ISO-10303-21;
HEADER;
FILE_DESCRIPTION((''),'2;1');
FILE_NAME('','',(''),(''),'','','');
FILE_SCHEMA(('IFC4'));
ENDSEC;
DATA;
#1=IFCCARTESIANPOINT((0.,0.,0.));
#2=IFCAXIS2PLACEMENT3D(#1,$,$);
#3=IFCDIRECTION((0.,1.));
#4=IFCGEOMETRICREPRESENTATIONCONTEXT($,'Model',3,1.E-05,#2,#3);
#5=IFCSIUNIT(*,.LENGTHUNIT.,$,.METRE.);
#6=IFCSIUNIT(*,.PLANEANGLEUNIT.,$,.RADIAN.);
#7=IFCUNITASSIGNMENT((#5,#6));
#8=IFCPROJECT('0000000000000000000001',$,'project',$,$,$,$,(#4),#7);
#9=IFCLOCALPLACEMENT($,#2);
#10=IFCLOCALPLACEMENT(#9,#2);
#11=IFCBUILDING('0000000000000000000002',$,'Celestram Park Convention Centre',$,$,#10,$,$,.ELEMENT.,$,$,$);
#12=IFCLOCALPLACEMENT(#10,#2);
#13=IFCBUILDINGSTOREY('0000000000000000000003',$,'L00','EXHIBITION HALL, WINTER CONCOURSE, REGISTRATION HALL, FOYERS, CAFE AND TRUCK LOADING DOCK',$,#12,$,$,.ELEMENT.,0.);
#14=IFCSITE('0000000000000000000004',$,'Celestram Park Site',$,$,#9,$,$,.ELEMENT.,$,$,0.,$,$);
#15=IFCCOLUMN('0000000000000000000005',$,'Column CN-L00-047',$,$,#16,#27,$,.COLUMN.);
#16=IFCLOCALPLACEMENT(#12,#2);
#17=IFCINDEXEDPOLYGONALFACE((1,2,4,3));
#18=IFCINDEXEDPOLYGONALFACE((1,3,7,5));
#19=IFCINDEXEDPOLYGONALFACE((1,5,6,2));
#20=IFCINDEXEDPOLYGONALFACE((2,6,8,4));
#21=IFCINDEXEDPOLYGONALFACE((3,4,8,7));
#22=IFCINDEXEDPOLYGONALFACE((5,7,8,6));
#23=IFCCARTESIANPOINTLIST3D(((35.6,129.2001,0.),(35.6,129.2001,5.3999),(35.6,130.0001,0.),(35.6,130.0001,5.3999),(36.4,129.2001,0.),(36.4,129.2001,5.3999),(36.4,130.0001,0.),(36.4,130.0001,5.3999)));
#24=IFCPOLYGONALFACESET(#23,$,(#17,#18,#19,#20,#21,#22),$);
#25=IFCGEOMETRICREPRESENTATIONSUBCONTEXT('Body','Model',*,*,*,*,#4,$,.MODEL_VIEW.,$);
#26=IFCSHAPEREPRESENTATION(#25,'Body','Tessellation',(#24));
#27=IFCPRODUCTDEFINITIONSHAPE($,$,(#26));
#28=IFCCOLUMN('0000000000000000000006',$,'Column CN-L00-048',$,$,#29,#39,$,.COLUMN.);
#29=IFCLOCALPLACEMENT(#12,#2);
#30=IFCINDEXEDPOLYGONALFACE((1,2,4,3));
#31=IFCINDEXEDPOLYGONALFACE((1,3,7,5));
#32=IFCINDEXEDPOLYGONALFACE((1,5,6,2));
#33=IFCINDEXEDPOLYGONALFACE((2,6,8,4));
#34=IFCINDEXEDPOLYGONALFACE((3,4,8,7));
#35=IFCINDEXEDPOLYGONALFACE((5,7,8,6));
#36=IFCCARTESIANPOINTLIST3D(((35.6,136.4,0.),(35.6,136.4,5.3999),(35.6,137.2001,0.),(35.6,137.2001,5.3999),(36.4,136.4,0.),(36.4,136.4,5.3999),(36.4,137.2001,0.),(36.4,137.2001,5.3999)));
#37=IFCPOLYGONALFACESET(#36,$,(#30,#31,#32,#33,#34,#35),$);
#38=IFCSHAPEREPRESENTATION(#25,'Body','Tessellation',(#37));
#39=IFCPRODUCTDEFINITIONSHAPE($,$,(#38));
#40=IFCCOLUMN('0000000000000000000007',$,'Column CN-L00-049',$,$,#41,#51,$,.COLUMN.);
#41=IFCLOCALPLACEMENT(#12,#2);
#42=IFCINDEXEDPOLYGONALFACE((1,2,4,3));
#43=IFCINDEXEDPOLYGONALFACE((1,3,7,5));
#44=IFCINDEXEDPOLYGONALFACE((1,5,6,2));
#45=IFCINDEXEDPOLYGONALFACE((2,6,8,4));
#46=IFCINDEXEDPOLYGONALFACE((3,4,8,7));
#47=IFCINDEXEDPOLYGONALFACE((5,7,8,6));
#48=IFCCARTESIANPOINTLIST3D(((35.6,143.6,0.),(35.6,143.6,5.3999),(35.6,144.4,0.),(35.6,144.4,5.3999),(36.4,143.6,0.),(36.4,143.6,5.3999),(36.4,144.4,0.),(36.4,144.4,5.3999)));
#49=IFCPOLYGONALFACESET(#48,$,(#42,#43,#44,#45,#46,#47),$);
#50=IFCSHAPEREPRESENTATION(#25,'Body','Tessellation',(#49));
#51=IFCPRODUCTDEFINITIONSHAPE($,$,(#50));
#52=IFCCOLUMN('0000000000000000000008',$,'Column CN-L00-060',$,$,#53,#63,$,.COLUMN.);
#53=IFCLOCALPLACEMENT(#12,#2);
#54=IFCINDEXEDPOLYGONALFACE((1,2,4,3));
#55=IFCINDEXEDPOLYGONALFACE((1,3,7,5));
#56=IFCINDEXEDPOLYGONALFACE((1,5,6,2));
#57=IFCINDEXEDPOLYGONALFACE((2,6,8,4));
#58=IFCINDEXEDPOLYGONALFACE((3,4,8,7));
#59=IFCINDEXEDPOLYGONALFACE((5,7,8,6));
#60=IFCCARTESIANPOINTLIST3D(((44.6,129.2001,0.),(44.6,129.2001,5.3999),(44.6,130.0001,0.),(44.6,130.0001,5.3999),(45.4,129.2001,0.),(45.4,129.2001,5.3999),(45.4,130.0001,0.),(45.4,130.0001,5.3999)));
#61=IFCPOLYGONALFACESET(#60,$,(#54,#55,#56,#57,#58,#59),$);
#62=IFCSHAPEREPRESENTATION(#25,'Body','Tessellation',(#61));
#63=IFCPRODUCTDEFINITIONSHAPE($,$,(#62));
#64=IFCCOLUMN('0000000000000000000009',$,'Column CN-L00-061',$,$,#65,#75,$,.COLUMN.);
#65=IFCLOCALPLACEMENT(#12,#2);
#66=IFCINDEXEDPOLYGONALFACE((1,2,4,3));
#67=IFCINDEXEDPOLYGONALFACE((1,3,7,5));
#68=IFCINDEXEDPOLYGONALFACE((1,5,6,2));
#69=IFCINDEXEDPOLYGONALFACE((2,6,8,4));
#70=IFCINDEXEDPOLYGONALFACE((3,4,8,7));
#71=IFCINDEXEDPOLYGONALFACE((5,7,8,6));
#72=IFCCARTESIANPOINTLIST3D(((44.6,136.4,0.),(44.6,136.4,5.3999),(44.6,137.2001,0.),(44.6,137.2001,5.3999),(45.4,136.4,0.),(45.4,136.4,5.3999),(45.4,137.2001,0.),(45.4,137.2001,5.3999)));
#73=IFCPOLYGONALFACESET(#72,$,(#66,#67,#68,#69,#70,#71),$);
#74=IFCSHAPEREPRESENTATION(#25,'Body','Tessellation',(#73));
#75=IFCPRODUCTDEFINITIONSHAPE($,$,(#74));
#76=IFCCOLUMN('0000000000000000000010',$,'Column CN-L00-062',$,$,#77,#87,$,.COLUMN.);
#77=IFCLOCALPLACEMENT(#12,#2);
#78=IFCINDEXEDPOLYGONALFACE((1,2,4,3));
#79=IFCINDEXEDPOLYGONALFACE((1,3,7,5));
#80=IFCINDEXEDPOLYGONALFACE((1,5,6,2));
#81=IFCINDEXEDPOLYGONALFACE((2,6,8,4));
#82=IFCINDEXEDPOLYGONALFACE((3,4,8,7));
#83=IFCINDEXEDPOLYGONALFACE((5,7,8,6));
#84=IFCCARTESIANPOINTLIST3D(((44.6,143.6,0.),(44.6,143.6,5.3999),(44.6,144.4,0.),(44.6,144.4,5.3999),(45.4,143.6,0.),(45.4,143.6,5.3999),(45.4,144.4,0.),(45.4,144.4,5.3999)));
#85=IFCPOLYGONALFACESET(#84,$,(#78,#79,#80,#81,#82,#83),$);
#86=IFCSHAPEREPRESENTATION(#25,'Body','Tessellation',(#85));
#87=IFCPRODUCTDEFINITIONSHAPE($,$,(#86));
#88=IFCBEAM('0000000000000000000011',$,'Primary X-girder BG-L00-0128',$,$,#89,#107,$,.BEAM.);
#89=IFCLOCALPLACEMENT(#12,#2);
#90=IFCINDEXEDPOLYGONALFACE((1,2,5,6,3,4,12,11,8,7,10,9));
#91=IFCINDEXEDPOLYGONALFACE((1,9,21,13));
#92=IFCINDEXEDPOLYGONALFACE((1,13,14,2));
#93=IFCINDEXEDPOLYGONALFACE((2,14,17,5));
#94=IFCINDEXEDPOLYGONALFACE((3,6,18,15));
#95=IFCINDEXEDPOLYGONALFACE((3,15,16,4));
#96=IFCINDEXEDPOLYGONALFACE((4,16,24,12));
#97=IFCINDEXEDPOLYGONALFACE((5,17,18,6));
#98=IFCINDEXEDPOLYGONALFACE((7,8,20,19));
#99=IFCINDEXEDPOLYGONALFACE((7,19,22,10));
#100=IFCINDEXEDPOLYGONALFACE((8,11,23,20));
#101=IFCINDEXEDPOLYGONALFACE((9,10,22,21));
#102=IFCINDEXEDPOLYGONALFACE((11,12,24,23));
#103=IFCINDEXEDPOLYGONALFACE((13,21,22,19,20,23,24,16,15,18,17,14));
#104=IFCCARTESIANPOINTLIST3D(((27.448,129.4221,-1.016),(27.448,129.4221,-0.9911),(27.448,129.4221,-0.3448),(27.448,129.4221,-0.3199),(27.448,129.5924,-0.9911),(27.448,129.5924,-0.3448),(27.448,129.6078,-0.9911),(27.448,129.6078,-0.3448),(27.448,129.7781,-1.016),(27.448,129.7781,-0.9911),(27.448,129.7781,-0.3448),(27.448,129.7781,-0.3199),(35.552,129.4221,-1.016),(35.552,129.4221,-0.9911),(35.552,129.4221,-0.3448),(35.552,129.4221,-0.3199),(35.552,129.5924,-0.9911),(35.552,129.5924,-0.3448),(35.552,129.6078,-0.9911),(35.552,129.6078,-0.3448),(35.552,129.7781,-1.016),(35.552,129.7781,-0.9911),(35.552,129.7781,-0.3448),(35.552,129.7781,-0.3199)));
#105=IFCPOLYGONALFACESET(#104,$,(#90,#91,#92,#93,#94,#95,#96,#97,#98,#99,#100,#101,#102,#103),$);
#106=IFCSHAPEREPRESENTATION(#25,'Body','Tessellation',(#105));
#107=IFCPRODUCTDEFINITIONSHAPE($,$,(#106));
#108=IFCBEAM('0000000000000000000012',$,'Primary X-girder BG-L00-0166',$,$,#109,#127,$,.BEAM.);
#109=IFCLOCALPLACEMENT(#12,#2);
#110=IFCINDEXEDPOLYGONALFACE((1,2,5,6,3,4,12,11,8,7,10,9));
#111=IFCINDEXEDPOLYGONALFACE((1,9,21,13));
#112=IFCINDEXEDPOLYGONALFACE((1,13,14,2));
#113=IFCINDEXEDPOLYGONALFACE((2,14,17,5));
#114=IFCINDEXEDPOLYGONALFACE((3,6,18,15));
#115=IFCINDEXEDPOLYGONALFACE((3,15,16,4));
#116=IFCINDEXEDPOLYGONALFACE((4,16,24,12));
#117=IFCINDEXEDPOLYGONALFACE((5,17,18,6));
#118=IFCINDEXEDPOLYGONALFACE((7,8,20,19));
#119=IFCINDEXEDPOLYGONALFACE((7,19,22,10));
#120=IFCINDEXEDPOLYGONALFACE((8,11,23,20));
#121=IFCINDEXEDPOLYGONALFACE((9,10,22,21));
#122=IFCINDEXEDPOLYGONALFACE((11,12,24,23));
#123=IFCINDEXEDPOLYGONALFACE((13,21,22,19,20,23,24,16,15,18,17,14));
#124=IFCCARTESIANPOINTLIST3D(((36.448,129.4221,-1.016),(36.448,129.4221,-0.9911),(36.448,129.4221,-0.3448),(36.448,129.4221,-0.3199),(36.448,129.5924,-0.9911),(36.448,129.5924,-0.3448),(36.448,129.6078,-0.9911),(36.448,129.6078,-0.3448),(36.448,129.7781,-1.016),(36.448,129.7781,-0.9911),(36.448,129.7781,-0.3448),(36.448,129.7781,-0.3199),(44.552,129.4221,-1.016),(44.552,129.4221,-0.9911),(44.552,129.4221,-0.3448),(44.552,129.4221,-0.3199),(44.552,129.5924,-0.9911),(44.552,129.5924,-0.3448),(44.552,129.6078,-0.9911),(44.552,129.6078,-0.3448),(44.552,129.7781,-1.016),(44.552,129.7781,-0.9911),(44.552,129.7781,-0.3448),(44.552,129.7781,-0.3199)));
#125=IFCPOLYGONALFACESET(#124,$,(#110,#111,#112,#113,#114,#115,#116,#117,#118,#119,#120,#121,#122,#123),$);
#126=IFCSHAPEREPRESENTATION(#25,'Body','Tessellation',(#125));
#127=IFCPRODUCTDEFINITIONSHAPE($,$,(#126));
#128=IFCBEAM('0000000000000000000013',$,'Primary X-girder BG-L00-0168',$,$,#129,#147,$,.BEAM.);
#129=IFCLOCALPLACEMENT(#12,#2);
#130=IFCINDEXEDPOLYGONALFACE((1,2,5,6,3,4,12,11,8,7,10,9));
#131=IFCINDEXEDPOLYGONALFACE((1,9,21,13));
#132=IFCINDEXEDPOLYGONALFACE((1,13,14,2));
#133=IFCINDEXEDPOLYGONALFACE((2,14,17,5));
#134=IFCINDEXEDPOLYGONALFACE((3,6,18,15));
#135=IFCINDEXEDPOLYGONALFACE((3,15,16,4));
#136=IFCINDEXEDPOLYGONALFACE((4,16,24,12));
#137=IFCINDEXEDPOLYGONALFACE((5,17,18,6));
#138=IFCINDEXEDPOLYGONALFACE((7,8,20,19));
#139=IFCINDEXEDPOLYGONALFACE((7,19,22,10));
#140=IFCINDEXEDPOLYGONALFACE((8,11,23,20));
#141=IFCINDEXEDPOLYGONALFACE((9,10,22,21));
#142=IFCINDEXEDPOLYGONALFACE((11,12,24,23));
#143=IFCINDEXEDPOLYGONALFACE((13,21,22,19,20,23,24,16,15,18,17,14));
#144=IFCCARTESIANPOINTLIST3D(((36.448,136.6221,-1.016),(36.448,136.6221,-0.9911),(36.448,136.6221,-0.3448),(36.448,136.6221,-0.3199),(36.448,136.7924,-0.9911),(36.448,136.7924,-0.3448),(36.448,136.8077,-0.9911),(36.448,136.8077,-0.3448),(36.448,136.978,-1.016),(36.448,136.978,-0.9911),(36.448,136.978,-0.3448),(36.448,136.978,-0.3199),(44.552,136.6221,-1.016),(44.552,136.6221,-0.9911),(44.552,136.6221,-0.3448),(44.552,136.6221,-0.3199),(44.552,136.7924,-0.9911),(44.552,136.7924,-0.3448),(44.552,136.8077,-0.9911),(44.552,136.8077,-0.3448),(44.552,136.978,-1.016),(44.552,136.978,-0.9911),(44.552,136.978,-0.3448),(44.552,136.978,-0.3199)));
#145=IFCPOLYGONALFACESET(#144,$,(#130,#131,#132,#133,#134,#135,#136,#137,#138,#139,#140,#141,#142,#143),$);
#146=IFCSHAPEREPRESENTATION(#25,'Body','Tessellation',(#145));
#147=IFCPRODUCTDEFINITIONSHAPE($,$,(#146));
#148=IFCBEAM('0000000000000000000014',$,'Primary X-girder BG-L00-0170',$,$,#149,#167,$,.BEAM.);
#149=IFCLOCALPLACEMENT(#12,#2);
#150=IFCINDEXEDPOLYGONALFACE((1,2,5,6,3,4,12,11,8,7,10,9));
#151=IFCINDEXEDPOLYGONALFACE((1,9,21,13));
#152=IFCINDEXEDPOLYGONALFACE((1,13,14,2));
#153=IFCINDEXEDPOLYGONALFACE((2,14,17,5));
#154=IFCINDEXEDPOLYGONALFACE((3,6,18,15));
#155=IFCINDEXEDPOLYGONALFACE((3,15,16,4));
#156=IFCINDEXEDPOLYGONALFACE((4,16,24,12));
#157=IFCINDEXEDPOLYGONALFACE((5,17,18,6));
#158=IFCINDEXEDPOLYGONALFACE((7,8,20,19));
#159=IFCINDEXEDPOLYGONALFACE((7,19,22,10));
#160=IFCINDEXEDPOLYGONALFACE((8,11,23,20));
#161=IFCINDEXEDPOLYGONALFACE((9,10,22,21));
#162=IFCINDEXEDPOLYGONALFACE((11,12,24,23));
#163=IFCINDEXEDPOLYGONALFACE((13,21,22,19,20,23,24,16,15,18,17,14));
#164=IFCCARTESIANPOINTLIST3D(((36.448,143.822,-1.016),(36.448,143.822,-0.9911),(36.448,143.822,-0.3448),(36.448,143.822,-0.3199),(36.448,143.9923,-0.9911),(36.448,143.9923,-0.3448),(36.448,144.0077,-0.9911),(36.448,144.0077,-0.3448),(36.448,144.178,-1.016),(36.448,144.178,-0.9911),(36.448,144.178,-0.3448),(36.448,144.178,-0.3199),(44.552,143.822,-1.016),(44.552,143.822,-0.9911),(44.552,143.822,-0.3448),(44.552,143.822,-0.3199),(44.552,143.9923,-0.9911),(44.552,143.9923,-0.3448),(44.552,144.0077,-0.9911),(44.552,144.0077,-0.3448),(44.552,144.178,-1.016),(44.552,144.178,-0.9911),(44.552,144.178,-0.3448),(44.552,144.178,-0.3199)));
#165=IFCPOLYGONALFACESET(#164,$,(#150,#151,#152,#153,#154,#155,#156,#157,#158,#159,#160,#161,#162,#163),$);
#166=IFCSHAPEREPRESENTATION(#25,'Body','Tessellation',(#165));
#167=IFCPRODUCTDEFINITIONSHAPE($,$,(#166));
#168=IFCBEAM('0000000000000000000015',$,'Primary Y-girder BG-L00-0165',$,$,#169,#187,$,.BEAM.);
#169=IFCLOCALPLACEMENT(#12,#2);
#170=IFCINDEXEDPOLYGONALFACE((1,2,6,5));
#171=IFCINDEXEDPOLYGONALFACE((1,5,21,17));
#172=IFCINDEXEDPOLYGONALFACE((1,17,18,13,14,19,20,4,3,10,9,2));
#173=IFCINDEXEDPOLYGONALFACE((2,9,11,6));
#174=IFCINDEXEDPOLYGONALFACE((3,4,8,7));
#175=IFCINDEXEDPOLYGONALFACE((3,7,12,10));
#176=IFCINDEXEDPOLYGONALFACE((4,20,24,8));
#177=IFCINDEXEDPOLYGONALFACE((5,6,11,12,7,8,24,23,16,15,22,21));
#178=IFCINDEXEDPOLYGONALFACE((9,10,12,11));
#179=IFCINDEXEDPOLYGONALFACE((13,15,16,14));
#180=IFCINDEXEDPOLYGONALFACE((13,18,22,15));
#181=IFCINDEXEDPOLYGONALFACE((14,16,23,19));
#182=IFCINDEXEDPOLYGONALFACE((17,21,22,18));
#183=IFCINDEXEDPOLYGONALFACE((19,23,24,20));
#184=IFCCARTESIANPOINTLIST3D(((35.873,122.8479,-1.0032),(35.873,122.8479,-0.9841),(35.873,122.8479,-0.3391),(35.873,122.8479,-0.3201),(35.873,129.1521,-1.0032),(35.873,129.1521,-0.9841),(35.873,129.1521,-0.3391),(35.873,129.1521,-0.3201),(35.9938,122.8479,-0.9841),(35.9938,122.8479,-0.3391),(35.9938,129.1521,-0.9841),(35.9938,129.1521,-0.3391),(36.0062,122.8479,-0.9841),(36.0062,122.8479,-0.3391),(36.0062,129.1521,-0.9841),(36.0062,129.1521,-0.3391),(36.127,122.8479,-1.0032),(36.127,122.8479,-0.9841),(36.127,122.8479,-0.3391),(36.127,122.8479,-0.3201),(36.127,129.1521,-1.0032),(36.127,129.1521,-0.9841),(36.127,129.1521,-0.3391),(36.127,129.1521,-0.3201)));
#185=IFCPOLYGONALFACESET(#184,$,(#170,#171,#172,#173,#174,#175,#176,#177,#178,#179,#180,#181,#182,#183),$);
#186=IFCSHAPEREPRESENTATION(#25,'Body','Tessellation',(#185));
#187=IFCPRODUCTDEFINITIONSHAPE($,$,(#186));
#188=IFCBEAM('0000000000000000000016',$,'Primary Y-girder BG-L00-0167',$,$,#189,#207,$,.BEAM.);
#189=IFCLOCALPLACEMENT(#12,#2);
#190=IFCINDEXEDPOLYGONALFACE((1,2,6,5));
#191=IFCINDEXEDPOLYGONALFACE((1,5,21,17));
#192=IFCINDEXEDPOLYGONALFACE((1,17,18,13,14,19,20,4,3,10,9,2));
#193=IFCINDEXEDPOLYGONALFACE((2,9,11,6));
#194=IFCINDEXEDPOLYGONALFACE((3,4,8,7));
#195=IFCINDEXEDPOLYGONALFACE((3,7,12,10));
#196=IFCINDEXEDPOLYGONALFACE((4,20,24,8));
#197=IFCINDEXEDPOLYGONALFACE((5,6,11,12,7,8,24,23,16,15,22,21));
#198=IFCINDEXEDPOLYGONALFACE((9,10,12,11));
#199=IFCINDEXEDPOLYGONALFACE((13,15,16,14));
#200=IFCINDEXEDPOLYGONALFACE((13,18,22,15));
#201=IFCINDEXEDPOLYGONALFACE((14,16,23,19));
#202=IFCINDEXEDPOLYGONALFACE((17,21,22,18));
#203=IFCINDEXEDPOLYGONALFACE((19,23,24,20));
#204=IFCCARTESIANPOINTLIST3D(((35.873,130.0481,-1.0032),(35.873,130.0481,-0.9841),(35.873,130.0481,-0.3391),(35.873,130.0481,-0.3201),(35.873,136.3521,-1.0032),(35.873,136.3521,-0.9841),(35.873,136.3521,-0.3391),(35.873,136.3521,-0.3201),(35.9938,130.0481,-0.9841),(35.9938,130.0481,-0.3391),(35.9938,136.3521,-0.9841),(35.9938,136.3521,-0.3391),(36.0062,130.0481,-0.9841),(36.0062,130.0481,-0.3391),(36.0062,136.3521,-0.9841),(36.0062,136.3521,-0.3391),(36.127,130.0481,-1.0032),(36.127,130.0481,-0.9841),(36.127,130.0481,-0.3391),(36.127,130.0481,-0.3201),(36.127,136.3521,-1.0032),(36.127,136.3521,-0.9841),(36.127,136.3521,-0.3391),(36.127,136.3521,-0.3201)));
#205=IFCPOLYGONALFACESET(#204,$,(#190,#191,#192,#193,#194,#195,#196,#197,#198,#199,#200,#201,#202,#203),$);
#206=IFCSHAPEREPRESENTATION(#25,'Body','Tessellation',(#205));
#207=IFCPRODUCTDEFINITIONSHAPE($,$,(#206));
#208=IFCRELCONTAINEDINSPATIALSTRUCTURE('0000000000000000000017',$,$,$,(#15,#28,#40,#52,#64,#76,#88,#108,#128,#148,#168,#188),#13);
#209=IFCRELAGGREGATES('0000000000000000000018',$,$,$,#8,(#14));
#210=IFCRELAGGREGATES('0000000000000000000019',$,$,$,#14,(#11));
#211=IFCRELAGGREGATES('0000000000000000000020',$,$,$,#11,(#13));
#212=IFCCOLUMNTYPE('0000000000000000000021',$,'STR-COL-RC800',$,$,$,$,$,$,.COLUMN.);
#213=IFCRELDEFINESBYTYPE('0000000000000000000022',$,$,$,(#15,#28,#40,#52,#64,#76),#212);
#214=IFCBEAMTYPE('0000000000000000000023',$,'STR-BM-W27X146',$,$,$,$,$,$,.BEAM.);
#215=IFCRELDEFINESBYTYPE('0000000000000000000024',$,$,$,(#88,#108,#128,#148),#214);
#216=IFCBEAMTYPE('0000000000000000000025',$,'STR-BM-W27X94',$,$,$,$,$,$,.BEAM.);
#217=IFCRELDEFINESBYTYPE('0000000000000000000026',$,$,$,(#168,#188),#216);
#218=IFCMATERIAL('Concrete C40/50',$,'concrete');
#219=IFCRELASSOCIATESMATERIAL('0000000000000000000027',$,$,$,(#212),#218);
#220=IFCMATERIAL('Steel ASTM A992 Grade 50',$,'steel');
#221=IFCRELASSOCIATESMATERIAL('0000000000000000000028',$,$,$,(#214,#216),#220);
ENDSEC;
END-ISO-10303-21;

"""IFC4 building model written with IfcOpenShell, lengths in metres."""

from ifc_helpers import new_model, si_unit, direction, frame, origin, origin_2d, place, context, subcontext, project, spatial, rectangle, i_section, extrude, material, material_profile, profile_set, type_object, element, save


model = new_model("IFC4")

# Units and contexts
model_context = context("Model", 3, precision=1e-05, world=origin(), true_north=direction((0.0, 1.0)))
body_context = subcontext(model_context, "Body", "Model", "MODEL_VIEW")
ifc_project = project(units=[si_unit("LENGTHUNIT", "METRE"), si_unit("PLANEANGLEUNIT", "RADIAN")], contexts=[model_context])

# Site, building, storey
site_placement = place(None, origin())
site = spatial("IfcSite", under=ifc_project, at=site_placement, Name="Celestram Park Site", CompositionType="ELEMENT", RefElevation=0.0)
building_placement = place(site_placement, origin())
building = spatial("IfcBuilding", under=site, at=building_placement, Name="Celestram Park Convention Centre", CompositionType="ELEMENT")
storey_placement = place(building_placement, origin())
storey = spatial("IfcBuildingStorey", under=building, at=storey_placement, Name="L00", Description="EXHIBITION HALL, WINTER CONCOURSE, REGISTRATION HALL, FOYERS, CAFE AND TRUCK LOADING DOCK", CompositionType="ELEMENT", Elevation=0.0)

# Columns
ifc_material_1 = material(Name="Concrete C40/50", Category="concrete")
ifc_material_profile_1 = material_profile(ifc_material_1, rectangle(XDim=0.8, YDim=0.8, at=origin_2d()), Name="RC800X800")
ifc_profile_set_1 = profile_set([ifc_material_profile_1], Name="Concrete C40/50")
column_type = type_object("IfcColumnType", Name="STR-COL-RC800", PredefinedType="COLUMN", material=ifc_profile_set_1)
for number, where, z_axis, x_axis, name in (
    (1, (36.0, 129.6001, 0.0), (0.0, 0.0, 1.0), (1.0, 0.0, 0.0), "Column CN-L00-047"),
    (2, (36.0, 136.8, 0.0), (0.0, 0.0, 1.0), (1.0, 0.0, 0.0), "Column CN-L00-048"),
    (3, (36.0, 144.0, 0.0), (0.0, 0.0, 1.0), (1.0, 0.0, 0.0), "Column CN-L00-049"),
    (4, (45.0, 129.6001, 0.0), (0.0, 0.0, 1.0), (1.0, 0.0, 0.0), "Column CN-L00-060"),
    (5, (45.0, 136.8, 0.0), (0.0, 0.0, 1.0), (1.0, 0.0, 0.0), "Column CN-L00-061"),
    (6, (45.0, 144.0, 0.0), (0.0, 0.0, 1.0), (1.0, 0.0, 0.0), "Column CN-L00-062"),
):
    element("IfcColumn", number, at=place(storey_placement, frame(where, z_axis=z_axis, x_axis=x_axis)), inside=storey, type_object=column_type, Name=name, PredefinedType="COLUMN", context=body_context, shape_type="SweptSolid", body=[
        extrude(rectangle(XDim=0.8, YDim=0.8, at=origin_2d()), origin(), (0.0, 0.0, 1.0), 5.3999),
    ])

# Beams
ifc_material_2 = material(Name="Steel ASTM A992 Grade 50", Category="steel")
ifc_material_profile_2 = material_profile(ifc_material_2, i_section(OverallWidth=0.356, OverallDepth=0.696, WebThickness=0.0154, FlangeThickness=0.0249, at=origin_2d()), Name="W27X146")
ifc_profile_set_2 = profile_set([ifc_material_profile_2], Name="Steel ASTM A992 Grade 50")
beam_type_1 = type_object("IfcBeamType", Name="STR-BM-W27X146", PredefinedType="BEAM", material=ifc_profile_set_2)
for number, where, z_axis, x_axis, name in (
    (7, (27.448, 129.6001, -0.668), (1.0, 0.0, 0.0), (0.0, 1.0, 0.0), "Primary X-girder BG-L00-0128"),
    (8, (36.448, 129.6001, -0.668), (1.0, 0.0, 0.0), (0.0, 1.0, 0.0), "Primary X-girder BG-L00-0166"),
    (9, (36.448, 136.8, -0.668), (1.0, 0.0, 0.0), (0.0, 1.0, 0.0), "Primary X-girder BG-L00-0168"),
    (10, (36.448, 144.0, -0.668), (1.0, 0.0, 0.0), (0.0, 1.0, 0.0), "Primary X-girder BG-L00-0170"),
):
    element("IfcBeam", number, at=place(storey_placement, frame(where, z_axis=z_axis, x_axis=x_axis)), inside=storey, type_object=beam_type_1, Name=name, PredefinedType="BEAM", context=body_context, shape_type="SweptSolid", body=[
        extrude(i_section(OverallWidth=0.356, OverallDepth=0.696, WebThickness=0.0154, FlangeThickness=0.0249, at=origin_2d()), origin(), (0.0, 0.0, 1.0), 8.104),
    ])
ifc_material_profile_3 = material_profile(ifc_material_2, i_section(OverallWidth=0.2539, OverallDepth=0.6831, WebThickness=0.0125, FlangeThickness=0.019, at=origin_2d()), Name="W27X94")
ifc_profile_set_3 = profile_set([ifc_material_profile_3], Name="Steel ASTM A992 Grade 50")
beam_type_2 = type_object("IfcBeamType", Name="STR-BM-W27X94", PredefinedType="BEAM", material=ifc_profile_set_3)
beam_1_placement = place(storey_placement, frame((36.0, 122.8479, -0.6616), z_axis=(0.0, 1.0, 0.0), x_axis=(-1.0, 0.0, 0.0)))
element("IfcBeam", 11, at=beam_1_placement, inside=storey, type_object=beam_type_2, Name="Primary Y-girder BG-L00-0165", PredefinedType="BEAM", context=body_context, shape_type="SweptSolid", body=[
    extrude(i_section(OverallWidth=0.2539, OverallDepth=0.6831, WebThickness=0.0125, FlangeThickness=0.019, at=origin_2d()), origin(), (0.0, 0.0, 1.0), 6.3042),
])
beam_2_placement = place(storey_placement, frame((36.0, 130.0481, -0.6616), z_axis=(0.0, 1.0, 0.0), x_axis=(-1.0, 0.0, 0.0)))
element("IfcBeam", 12, at=beam_2_placement, inside=storey, type_object=beam_type_2, Name="Primary Y-girder BG-L00-0167", PredefinedType="BEAM", context=body_context, shape_type="SweptSolid", body=[
    extrude(i_section(OverallWidth=0.2539, OverallDepth=0.6831, WebThickness=0.0125, FlangeThickness=0.019, at=origin_2d()), origin(), (0.0, 0.0, 1.0), 6.304),
])

save(model, "model.ifc")
